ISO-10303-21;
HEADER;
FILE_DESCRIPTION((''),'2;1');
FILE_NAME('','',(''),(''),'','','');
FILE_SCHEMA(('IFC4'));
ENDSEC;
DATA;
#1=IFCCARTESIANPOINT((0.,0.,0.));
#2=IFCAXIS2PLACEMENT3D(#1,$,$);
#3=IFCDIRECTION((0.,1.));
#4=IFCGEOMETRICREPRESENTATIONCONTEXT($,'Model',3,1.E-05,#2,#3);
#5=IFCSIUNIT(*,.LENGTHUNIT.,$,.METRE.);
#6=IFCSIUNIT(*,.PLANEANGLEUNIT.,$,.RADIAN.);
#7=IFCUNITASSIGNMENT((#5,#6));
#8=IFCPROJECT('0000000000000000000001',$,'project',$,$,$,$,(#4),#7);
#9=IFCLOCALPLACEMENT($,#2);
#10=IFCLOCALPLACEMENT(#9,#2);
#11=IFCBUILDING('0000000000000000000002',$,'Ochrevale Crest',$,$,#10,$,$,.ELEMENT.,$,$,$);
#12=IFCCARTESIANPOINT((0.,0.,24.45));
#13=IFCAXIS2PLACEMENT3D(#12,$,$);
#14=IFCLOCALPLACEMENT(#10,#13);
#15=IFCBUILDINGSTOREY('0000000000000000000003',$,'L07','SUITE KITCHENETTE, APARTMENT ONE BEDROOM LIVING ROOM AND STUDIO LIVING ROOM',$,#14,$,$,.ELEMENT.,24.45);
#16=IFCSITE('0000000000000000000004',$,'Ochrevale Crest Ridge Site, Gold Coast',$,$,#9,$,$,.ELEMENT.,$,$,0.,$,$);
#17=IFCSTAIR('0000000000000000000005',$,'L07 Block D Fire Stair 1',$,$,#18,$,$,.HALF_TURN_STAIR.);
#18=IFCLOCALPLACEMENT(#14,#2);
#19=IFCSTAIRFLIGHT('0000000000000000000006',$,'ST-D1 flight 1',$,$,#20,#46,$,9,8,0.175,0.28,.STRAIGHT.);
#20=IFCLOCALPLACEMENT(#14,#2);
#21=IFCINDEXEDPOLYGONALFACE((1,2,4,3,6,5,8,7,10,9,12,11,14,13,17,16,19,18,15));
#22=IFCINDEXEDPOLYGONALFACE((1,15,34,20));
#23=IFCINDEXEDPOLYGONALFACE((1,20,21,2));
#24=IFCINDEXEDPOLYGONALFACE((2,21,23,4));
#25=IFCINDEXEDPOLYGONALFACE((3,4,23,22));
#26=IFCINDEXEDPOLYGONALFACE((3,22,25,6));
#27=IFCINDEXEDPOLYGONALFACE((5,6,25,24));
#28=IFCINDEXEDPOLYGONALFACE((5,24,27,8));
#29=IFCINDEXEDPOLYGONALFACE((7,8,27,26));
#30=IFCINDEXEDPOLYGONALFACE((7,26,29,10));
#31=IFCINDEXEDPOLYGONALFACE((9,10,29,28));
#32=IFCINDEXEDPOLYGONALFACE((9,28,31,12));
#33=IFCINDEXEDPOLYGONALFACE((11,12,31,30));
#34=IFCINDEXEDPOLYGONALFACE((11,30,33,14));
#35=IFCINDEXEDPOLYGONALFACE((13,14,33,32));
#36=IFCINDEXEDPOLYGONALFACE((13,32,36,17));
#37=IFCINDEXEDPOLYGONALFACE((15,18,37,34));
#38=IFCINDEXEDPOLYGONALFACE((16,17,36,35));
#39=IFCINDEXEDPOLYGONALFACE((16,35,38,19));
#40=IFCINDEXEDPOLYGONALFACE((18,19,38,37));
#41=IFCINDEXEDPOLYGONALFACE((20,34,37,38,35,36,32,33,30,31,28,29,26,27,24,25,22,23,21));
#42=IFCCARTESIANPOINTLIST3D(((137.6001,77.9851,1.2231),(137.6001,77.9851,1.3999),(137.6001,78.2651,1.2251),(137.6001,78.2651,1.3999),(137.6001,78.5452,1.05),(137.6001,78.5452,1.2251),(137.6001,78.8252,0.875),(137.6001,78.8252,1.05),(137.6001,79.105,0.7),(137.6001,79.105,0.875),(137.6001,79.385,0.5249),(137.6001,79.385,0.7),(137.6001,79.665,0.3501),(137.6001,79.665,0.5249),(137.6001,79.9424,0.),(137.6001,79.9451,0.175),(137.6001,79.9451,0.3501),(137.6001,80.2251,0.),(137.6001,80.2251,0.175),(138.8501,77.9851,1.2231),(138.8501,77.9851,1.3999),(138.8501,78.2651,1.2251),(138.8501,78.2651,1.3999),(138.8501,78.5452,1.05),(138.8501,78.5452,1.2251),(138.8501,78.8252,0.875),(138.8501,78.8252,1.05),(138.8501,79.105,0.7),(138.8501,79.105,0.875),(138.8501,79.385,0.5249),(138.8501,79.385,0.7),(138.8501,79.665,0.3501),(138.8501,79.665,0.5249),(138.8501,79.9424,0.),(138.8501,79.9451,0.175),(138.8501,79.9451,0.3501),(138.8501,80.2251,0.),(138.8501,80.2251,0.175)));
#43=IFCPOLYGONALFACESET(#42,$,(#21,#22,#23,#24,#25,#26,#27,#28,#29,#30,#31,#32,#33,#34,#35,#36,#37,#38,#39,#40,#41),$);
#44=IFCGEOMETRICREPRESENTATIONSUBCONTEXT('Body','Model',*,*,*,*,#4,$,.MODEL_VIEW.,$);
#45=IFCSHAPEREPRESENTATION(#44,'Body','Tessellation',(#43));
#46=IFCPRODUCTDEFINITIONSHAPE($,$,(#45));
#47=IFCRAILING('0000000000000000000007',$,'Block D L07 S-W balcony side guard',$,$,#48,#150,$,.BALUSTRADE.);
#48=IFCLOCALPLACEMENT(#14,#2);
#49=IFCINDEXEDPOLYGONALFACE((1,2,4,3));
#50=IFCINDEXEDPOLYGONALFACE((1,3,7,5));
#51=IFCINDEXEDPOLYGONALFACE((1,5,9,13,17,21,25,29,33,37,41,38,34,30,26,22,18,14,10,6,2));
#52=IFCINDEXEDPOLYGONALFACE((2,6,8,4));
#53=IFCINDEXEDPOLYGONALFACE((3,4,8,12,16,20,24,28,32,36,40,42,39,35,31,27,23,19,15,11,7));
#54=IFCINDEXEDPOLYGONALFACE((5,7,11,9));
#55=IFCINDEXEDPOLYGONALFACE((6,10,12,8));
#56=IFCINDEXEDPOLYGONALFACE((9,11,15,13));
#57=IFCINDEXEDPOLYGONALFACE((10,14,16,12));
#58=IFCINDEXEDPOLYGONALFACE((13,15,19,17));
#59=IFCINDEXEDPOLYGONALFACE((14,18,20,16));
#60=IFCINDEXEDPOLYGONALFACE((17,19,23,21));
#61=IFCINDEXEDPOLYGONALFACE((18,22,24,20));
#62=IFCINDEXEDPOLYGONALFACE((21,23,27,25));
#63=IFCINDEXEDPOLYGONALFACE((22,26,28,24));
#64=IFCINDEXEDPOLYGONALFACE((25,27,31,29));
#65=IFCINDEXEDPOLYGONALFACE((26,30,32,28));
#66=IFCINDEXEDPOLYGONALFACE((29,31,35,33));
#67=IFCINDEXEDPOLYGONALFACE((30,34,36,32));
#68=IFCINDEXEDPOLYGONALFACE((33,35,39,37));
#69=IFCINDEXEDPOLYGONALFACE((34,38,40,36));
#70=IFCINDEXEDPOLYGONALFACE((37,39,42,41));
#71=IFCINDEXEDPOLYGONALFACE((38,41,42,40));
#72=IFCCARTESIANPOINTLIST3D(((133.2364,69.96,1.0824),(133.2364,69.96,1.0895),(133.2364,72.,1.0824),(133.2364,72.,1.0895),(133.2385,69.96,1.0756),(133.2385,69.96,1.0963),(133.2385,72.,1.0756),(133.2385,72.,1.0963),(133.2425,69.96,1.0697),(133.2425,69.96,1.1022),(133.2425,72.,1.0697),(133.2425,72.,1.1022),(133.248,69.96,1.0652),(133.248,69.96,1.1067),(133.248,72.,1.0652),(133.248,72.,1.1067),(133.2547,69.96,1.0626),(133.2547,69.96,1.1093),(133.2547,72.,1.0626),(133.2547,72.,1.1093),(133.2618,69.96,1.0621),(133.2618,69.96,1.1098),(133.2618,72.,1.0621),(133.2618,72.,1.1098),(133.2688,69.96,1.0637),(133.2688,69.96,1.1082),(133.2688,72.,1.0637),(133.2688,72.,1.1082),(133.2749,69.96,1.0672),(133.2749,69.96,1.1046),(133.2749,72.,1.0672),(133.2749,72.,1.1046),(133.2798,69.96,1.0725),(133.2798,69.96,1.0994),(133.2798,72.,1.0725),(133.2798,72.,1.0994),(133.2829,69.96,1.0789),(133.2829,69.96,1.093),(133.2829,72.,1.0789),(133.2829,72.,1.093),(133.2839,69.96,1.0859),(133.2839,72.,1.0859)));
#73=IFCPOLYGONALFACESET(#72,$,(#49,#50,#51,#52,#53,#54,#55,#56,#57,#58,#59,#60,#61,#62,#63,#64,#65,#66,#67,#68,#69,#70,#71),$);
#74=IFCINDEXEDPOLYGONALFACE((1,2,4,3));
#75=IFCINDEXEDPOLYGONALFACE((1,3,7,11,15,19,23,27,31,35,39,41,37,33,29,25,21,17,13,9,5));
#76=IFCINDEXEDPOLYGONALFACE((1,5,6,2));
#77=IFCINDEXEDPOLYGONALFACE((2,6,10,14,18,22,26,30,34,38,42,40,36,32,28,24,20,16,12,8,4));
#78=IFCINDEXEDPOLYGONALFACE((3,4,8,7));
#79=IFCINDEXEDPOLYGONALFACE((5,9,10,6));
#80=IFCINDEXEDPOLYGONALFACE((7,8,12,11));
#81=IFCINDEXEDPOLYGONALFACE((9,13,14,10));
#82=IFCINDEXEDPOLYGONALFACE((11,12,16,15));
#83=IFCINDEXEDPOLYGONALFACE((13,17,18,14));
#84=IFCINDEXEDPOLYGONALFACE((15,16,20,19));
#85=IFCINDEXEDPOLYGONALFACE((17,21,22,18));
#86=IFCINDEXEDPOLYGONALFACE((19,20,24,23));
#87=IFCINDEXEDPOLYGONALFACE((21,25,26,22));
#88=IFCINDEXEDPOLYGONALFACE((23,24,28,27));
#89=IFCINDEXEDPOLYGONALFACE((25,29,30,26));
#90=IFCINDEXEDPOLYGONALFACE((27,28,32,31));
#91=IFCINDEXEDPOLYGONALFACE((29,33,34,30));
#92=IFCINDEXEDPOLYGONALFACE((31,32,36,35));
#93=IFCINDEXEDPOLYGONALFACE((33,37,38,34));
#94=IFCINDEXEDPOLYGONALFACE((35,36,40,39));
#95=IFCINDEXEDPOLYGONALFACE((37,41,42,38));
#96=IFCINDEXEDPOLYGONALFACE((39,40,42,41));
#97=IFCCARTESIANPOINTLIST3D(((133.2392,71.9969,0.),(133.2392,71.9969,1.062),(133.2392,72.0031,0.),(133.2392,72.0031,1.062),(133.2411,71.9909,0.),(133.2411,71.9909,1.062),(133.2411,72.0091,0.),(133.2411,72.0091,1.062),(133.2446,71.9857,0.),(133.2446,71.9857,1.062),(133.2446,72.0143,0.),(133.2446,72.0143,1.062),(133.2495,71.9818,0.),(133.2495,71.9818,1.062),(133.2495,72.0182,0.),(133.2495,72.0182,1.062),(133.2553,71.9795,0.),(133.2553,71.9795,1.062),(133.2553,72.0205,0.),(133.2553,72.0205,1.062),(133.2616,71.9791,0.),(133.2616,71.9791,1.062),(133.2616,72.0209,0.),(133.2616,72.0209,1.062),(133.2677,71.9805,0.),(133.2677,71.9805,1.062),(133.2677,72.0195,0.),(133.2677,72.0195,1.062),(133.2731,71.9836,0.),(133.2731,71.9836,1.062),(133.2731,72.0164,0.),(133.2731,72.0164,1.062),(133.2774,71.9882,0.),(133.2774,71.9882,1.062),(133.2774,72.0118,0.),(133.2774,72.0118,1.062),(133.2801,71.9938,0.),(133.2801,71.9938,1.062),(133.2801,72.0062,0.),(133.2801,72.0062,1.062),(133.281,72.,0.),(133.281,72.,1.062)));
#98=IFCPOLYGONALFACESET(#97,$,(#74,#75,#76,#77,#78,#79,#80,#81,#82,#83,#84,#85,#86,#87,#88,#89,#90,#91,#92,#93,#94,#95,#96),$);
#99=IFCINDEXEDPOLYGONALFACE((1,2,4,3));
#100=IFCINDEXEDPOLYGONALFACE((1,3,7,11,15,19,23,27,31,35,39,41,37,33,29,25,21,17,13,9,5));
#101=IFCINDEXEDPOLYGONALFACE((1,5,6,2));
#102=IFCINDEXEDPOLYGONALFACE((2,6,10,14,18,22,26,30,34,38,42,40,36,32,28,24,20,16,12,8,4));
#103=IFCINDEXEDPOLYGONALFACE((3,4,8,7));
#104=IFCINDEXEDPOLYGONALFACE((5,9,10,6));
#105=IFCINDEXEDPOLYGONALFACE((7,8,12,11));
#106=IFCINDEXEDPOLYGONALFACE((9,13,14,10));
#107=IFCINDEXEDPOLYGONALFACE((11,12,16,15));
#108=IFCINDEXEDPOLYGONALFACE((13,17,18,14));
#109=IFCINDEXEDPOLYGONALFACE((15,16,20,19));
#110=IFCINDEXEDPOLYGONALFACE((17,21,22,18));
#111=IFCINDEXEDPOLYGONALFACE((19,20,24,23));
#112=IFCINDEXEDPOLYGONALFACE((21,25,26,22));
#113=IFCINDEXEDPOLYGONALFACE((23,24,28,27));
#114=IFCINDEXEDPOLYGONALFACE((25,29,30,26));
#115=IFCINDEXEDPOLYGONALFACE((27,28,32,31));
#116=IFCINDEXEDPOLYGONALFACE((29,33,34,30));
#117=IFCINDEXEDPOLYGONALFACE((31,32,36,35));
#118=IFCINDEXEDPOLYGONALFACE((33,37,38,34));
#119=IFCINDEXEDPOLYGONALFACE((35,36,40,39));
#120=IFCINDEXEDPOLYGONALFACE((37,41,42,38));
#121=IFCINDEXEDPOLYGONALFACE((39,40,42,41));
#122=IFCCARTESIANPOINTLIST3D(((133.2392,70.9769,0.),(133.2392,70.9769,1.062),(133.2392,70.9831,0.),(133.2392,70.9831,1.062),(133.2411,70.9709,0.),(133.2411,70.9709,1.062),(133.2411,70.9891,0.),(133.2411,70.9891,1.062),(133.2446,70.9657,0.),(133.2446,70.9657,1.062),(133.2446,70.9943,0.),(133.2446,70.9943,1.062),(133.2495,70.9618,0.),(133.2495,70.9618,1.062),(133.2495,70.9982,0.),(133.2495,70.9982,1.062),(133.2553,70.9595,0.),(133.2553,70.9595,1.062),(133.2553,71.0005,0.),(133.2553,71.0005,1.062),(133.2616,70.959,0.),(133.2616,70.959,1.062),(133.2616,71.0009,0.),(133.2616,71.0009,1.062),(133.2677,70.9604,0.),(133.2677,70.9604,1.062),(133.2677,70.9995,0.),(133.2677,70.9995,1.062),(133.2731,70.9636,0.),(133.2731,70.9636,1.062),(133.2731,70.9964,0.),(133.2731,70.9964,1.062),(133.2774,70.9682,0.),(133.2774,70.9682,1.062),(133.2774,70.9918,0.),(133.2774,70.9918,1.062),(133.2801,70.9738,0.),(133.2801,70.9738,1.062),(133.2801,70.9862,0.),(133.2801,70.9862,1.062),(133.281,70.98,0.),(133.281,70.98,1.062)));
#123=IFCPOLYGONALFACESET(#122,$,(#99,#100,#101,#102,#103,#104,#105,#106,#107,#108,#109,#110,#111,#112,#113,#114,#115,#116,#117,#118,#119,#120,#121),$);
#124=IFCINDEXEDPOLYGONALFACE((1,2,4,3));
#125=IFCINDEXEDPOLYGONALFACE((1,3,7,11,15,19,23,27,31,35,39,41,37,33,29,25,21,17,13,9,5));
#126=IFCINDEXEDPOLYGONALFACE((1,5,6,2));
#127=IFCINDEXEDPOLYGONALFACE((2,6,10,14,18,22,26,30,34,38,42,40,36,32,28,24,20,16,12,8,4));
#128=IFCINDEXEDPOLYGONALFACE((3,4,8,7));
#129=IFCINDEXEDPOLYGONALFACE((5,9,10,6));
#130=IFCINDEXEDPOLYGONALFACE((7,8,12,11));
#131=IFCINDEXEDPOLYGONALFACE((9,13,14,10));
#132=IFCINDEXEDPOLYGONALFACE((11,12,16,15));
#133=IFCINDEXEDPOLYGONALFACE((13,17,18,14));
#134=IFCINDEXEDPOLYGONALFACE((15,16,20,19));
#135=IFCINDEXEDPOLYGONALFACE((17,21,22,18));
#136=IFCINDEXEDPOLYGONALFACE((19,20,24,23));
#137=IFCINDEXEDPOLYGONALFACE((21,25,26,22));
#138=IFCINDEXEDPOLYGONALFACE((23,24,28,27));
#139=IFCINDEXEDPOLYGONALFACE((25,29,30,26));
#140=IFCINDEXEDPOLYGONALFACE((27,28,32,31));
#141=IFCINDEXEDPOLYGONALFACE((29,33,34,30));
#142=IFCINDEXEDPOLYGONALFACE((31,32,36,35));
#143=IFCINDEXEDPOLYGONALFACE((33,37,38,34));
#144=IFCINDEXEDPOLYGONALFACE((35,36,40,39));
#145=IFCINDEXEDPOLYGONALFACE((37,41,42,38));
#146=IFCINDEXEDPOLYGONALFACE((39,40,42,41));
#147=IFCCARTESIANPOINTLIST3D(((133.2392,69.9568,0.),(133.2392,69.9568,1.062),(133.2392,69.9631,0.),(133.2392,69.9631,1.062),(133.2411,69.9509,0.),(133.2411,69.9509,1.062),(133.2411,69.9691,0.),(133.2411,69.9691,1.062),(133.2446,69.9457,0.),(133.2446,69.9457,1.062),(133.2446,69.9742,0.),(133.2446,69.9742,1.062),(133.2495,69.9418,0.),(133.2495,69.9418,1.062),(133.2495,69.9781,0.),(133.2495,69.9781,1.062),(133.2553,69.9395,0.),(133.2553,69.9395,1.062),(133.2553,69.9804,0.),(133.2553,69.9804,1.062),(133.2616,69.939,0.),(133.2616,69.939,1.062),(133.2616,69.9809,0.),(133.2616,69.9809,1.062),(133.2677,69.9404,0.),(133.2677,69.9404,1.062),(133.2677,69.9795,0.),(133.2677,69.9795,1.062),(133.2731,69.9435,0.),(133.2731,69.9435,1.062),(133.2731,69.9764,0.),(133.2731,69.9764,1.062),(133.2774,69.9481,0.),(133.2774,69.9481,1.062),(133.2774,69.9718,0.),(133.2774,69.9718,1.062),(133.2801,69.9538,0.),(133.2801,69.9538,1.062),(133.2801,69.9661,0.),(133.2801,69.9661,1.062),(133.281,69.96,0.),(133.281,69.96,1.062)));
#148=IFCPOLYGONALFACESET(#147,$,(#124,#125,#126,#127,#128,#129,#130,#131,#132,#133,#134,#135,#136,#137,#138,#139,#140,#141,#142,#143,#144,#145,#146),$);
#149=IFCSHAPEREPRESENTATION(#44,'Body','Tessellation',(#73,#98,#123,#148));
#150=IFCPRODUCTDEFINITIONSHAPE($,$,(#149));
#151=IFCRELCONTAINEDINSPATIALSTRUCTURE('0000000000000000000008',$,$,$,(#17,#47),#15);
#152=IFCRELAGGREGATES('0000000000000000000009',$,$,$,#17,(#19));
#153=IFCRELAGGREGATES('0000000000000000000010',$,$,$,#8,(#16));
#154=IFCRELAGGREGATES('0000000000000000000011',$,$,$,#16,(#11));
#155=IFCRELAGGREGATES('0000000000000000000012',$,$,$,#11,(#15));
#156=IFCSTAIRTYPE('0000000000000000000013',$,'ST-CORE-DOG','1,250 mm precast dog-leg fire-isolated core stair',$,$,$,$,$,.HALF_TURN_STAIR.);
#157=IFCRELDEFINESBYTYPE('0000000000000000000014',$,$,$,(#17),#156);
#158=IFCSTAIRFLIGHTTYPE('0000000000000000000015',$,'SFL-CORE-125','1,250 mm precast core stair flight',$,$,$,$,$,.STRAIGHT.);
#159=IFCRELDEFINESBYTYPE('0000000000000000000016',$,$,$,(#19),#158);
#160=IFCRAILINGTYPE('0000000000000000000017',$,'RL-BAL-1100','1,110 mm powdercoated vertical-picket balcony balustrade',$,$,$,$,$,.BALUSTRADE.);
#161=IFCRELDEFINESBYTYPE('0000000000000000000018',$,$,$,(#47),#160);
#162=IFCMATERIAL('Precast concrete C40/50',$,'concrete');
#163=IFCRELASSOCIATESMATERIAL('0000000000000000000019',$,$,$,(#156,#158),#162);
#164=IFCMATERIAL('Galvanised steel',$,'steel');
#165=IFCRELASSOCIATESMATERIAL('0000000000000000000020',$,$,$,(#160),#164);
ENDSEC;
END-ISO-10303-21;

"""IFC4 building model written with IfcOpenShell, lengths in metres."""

from ifc_helpers import new_model, si_unit, direction, frame, origin, origin_2d, place, context, subcontext, project, spatial, polyline, circle, outline, extrude, material, type_object, element, aggregate, save


model = new_model("IFC4")

# Units and contexts
model_context = context("Model", 3, precision=1e-05, world=origin(), true_north=direction((0.0, 1.0)))
body_context = subcontext(model_context, "Body", "Model", "MODEL_VIEW")
ifc_project = project(units=[si_unit("LENGTHUNIT", "METRE"), si_unit("PLANEANGLEUNIT", "RADIAN")], contexts=[model_context])

# Site, building, storey
site_placement = place(None, origin())
site = spatial("IfcSite", under=ifc_project, at=site_placement, Name="Ochrevale Crest Ridge Site, Gold Coast", CompositionType="ELEMENT", RefElevation=0.0)
building_placement = place(site_placement, origin())
building = spatial("IfcBuilding", under=site, at=building_placement, Name="Ochrevale Crest", CompositionType="ELEMENT")
storey_placement = place(building_placement, frame((0.0, 0.0, 24.45)))
storey = spatial("IfcBuildingStorey", under=building, at=storey_placement, Name="L07", Description="SUITE KITCHENETTE, APARTMENT ONE BEDROOM LIVING ROOM AND STUDIO LIVING ROOM", CompositionType="ELEMENT", Elevation=24.45)

# Shared definitions
ifc_material_1 = material(Name="Precast concrete C40/50", Category="concrete")

# Stair, stair flight
stair_type = type_object("IfcStairType", Name="ST-CORE-DOG", Description="1,250 mm precast dog-leg fire-isolated core stair", PredefinedType="HALF_TURN_STAIR", material=ifc_material_1)
stair_placement = place(storey_placement, origin())
stair = element("IfcStair", 1, at=stair_placement, inside=storey, type_object=stair_type, Name="L07 Block D Fire Stair 1", PredefinedType="HALF_TURN_STAIR")
stair_flight_type = type_object("IfcStairFlightType", Name="SFL-CORE-125", Description="1,250 mm precast core stair flight", PredefinedType="STRAIGHT", material=ifc_material_1)
stair_flight_placement = place(storey_placement, frame((138.2251, 80.2251, 0.0), z_axis=(0.0, 0.0, 1.0), x_axis=(0.0, -1.0, 0.0)))
stair_flight = element("IfcStairFlight", 2, at=stair_flight_placement, type_object=stair_flight_type, Name="ST-D1 flight 1", NumberOfRisers=9, NumberOfTreads=8, PredefinedType="STRAIGHT", RiserHeight=0.175, TreadLength=0.28, context=body_context, shape_type="SweptSolid", body=[
    extrude(outline(polyline([(0.0, 0.0), (0.0, 0.175), (0.28, 0.175), (0.28, 0.3501), (0.5601, 0.3501), (0.5601, 0.5249), (0.8401, 0.5249), (0.8401, 0.7), (1.1201, 0.7), (1.1201, 0.875), (1.3999, 0.875), (1.3999, 1.05), (1.6799, 1.05), (1.6799, 1.2251), (1.96, 1.2251), (1.96, 1.3999), (2.24, 1.3999), (2.24, 1.575), (2.24, 1.2231), (0.2827, 0.0), (0.0, 0.0)])), frame((0.0, 0.625, 0.0), z_axis=(0.0, -1.0, 0.0), x_axis=(1.0, 0.0, 0.0)), (0.0, 0.0, 1.0), 1.25),
])
aggregate(stair, [stair_flight])

# Railing
ifc_material_2 = material(Name="Galvanised steel", Category="steel")
railing_type_1 = type_object("IfcRailingType", Name="RL-BAL-1100", Description="1,110 mm powdercoated vertical-picket balcony balustrade", PredefinedType="BALUSTRADE", material=ifc_material_2)
railing_1_placement = place(storey_placement, frame((133.26, 72.0, 0.0)))
element("IfcRailing", 3, at=railing_1_placement, inside=storey, type_object=railing_type_1, Name="Block D L07 S-W balcony side guard", PredefinedType="BALUSTRADE", context=body_context, shape_type="SweptSolid", body=[
    extrude(circle(Radius=0.0239, at=origin_2d()), frame((0.0, 0.0, 1.0859), z_axis=(0.0, -1.0, 0.0), x_axis=(1.0, 0.0, 0.0)), (0.0, 0.0, 1.0), 2.04),
    extrude(circle(Radius=0.021, at=origin_2d()), origin(), (0.0, 0.0, 1.0), 1.062),
    extrude(circle(Radius=0.021, at=origin_2d()), frame((0.0, -1.02, 0.0)), (0.0, 0.0, 1.0), 1.062),
    extrude(circle(Radius=0.021, at=origin_2d()), frame((0.0, -2.04, 0.0)), (0.0, 0.0, 1.0), 1.062),
])

save(model, "model.ifc")
